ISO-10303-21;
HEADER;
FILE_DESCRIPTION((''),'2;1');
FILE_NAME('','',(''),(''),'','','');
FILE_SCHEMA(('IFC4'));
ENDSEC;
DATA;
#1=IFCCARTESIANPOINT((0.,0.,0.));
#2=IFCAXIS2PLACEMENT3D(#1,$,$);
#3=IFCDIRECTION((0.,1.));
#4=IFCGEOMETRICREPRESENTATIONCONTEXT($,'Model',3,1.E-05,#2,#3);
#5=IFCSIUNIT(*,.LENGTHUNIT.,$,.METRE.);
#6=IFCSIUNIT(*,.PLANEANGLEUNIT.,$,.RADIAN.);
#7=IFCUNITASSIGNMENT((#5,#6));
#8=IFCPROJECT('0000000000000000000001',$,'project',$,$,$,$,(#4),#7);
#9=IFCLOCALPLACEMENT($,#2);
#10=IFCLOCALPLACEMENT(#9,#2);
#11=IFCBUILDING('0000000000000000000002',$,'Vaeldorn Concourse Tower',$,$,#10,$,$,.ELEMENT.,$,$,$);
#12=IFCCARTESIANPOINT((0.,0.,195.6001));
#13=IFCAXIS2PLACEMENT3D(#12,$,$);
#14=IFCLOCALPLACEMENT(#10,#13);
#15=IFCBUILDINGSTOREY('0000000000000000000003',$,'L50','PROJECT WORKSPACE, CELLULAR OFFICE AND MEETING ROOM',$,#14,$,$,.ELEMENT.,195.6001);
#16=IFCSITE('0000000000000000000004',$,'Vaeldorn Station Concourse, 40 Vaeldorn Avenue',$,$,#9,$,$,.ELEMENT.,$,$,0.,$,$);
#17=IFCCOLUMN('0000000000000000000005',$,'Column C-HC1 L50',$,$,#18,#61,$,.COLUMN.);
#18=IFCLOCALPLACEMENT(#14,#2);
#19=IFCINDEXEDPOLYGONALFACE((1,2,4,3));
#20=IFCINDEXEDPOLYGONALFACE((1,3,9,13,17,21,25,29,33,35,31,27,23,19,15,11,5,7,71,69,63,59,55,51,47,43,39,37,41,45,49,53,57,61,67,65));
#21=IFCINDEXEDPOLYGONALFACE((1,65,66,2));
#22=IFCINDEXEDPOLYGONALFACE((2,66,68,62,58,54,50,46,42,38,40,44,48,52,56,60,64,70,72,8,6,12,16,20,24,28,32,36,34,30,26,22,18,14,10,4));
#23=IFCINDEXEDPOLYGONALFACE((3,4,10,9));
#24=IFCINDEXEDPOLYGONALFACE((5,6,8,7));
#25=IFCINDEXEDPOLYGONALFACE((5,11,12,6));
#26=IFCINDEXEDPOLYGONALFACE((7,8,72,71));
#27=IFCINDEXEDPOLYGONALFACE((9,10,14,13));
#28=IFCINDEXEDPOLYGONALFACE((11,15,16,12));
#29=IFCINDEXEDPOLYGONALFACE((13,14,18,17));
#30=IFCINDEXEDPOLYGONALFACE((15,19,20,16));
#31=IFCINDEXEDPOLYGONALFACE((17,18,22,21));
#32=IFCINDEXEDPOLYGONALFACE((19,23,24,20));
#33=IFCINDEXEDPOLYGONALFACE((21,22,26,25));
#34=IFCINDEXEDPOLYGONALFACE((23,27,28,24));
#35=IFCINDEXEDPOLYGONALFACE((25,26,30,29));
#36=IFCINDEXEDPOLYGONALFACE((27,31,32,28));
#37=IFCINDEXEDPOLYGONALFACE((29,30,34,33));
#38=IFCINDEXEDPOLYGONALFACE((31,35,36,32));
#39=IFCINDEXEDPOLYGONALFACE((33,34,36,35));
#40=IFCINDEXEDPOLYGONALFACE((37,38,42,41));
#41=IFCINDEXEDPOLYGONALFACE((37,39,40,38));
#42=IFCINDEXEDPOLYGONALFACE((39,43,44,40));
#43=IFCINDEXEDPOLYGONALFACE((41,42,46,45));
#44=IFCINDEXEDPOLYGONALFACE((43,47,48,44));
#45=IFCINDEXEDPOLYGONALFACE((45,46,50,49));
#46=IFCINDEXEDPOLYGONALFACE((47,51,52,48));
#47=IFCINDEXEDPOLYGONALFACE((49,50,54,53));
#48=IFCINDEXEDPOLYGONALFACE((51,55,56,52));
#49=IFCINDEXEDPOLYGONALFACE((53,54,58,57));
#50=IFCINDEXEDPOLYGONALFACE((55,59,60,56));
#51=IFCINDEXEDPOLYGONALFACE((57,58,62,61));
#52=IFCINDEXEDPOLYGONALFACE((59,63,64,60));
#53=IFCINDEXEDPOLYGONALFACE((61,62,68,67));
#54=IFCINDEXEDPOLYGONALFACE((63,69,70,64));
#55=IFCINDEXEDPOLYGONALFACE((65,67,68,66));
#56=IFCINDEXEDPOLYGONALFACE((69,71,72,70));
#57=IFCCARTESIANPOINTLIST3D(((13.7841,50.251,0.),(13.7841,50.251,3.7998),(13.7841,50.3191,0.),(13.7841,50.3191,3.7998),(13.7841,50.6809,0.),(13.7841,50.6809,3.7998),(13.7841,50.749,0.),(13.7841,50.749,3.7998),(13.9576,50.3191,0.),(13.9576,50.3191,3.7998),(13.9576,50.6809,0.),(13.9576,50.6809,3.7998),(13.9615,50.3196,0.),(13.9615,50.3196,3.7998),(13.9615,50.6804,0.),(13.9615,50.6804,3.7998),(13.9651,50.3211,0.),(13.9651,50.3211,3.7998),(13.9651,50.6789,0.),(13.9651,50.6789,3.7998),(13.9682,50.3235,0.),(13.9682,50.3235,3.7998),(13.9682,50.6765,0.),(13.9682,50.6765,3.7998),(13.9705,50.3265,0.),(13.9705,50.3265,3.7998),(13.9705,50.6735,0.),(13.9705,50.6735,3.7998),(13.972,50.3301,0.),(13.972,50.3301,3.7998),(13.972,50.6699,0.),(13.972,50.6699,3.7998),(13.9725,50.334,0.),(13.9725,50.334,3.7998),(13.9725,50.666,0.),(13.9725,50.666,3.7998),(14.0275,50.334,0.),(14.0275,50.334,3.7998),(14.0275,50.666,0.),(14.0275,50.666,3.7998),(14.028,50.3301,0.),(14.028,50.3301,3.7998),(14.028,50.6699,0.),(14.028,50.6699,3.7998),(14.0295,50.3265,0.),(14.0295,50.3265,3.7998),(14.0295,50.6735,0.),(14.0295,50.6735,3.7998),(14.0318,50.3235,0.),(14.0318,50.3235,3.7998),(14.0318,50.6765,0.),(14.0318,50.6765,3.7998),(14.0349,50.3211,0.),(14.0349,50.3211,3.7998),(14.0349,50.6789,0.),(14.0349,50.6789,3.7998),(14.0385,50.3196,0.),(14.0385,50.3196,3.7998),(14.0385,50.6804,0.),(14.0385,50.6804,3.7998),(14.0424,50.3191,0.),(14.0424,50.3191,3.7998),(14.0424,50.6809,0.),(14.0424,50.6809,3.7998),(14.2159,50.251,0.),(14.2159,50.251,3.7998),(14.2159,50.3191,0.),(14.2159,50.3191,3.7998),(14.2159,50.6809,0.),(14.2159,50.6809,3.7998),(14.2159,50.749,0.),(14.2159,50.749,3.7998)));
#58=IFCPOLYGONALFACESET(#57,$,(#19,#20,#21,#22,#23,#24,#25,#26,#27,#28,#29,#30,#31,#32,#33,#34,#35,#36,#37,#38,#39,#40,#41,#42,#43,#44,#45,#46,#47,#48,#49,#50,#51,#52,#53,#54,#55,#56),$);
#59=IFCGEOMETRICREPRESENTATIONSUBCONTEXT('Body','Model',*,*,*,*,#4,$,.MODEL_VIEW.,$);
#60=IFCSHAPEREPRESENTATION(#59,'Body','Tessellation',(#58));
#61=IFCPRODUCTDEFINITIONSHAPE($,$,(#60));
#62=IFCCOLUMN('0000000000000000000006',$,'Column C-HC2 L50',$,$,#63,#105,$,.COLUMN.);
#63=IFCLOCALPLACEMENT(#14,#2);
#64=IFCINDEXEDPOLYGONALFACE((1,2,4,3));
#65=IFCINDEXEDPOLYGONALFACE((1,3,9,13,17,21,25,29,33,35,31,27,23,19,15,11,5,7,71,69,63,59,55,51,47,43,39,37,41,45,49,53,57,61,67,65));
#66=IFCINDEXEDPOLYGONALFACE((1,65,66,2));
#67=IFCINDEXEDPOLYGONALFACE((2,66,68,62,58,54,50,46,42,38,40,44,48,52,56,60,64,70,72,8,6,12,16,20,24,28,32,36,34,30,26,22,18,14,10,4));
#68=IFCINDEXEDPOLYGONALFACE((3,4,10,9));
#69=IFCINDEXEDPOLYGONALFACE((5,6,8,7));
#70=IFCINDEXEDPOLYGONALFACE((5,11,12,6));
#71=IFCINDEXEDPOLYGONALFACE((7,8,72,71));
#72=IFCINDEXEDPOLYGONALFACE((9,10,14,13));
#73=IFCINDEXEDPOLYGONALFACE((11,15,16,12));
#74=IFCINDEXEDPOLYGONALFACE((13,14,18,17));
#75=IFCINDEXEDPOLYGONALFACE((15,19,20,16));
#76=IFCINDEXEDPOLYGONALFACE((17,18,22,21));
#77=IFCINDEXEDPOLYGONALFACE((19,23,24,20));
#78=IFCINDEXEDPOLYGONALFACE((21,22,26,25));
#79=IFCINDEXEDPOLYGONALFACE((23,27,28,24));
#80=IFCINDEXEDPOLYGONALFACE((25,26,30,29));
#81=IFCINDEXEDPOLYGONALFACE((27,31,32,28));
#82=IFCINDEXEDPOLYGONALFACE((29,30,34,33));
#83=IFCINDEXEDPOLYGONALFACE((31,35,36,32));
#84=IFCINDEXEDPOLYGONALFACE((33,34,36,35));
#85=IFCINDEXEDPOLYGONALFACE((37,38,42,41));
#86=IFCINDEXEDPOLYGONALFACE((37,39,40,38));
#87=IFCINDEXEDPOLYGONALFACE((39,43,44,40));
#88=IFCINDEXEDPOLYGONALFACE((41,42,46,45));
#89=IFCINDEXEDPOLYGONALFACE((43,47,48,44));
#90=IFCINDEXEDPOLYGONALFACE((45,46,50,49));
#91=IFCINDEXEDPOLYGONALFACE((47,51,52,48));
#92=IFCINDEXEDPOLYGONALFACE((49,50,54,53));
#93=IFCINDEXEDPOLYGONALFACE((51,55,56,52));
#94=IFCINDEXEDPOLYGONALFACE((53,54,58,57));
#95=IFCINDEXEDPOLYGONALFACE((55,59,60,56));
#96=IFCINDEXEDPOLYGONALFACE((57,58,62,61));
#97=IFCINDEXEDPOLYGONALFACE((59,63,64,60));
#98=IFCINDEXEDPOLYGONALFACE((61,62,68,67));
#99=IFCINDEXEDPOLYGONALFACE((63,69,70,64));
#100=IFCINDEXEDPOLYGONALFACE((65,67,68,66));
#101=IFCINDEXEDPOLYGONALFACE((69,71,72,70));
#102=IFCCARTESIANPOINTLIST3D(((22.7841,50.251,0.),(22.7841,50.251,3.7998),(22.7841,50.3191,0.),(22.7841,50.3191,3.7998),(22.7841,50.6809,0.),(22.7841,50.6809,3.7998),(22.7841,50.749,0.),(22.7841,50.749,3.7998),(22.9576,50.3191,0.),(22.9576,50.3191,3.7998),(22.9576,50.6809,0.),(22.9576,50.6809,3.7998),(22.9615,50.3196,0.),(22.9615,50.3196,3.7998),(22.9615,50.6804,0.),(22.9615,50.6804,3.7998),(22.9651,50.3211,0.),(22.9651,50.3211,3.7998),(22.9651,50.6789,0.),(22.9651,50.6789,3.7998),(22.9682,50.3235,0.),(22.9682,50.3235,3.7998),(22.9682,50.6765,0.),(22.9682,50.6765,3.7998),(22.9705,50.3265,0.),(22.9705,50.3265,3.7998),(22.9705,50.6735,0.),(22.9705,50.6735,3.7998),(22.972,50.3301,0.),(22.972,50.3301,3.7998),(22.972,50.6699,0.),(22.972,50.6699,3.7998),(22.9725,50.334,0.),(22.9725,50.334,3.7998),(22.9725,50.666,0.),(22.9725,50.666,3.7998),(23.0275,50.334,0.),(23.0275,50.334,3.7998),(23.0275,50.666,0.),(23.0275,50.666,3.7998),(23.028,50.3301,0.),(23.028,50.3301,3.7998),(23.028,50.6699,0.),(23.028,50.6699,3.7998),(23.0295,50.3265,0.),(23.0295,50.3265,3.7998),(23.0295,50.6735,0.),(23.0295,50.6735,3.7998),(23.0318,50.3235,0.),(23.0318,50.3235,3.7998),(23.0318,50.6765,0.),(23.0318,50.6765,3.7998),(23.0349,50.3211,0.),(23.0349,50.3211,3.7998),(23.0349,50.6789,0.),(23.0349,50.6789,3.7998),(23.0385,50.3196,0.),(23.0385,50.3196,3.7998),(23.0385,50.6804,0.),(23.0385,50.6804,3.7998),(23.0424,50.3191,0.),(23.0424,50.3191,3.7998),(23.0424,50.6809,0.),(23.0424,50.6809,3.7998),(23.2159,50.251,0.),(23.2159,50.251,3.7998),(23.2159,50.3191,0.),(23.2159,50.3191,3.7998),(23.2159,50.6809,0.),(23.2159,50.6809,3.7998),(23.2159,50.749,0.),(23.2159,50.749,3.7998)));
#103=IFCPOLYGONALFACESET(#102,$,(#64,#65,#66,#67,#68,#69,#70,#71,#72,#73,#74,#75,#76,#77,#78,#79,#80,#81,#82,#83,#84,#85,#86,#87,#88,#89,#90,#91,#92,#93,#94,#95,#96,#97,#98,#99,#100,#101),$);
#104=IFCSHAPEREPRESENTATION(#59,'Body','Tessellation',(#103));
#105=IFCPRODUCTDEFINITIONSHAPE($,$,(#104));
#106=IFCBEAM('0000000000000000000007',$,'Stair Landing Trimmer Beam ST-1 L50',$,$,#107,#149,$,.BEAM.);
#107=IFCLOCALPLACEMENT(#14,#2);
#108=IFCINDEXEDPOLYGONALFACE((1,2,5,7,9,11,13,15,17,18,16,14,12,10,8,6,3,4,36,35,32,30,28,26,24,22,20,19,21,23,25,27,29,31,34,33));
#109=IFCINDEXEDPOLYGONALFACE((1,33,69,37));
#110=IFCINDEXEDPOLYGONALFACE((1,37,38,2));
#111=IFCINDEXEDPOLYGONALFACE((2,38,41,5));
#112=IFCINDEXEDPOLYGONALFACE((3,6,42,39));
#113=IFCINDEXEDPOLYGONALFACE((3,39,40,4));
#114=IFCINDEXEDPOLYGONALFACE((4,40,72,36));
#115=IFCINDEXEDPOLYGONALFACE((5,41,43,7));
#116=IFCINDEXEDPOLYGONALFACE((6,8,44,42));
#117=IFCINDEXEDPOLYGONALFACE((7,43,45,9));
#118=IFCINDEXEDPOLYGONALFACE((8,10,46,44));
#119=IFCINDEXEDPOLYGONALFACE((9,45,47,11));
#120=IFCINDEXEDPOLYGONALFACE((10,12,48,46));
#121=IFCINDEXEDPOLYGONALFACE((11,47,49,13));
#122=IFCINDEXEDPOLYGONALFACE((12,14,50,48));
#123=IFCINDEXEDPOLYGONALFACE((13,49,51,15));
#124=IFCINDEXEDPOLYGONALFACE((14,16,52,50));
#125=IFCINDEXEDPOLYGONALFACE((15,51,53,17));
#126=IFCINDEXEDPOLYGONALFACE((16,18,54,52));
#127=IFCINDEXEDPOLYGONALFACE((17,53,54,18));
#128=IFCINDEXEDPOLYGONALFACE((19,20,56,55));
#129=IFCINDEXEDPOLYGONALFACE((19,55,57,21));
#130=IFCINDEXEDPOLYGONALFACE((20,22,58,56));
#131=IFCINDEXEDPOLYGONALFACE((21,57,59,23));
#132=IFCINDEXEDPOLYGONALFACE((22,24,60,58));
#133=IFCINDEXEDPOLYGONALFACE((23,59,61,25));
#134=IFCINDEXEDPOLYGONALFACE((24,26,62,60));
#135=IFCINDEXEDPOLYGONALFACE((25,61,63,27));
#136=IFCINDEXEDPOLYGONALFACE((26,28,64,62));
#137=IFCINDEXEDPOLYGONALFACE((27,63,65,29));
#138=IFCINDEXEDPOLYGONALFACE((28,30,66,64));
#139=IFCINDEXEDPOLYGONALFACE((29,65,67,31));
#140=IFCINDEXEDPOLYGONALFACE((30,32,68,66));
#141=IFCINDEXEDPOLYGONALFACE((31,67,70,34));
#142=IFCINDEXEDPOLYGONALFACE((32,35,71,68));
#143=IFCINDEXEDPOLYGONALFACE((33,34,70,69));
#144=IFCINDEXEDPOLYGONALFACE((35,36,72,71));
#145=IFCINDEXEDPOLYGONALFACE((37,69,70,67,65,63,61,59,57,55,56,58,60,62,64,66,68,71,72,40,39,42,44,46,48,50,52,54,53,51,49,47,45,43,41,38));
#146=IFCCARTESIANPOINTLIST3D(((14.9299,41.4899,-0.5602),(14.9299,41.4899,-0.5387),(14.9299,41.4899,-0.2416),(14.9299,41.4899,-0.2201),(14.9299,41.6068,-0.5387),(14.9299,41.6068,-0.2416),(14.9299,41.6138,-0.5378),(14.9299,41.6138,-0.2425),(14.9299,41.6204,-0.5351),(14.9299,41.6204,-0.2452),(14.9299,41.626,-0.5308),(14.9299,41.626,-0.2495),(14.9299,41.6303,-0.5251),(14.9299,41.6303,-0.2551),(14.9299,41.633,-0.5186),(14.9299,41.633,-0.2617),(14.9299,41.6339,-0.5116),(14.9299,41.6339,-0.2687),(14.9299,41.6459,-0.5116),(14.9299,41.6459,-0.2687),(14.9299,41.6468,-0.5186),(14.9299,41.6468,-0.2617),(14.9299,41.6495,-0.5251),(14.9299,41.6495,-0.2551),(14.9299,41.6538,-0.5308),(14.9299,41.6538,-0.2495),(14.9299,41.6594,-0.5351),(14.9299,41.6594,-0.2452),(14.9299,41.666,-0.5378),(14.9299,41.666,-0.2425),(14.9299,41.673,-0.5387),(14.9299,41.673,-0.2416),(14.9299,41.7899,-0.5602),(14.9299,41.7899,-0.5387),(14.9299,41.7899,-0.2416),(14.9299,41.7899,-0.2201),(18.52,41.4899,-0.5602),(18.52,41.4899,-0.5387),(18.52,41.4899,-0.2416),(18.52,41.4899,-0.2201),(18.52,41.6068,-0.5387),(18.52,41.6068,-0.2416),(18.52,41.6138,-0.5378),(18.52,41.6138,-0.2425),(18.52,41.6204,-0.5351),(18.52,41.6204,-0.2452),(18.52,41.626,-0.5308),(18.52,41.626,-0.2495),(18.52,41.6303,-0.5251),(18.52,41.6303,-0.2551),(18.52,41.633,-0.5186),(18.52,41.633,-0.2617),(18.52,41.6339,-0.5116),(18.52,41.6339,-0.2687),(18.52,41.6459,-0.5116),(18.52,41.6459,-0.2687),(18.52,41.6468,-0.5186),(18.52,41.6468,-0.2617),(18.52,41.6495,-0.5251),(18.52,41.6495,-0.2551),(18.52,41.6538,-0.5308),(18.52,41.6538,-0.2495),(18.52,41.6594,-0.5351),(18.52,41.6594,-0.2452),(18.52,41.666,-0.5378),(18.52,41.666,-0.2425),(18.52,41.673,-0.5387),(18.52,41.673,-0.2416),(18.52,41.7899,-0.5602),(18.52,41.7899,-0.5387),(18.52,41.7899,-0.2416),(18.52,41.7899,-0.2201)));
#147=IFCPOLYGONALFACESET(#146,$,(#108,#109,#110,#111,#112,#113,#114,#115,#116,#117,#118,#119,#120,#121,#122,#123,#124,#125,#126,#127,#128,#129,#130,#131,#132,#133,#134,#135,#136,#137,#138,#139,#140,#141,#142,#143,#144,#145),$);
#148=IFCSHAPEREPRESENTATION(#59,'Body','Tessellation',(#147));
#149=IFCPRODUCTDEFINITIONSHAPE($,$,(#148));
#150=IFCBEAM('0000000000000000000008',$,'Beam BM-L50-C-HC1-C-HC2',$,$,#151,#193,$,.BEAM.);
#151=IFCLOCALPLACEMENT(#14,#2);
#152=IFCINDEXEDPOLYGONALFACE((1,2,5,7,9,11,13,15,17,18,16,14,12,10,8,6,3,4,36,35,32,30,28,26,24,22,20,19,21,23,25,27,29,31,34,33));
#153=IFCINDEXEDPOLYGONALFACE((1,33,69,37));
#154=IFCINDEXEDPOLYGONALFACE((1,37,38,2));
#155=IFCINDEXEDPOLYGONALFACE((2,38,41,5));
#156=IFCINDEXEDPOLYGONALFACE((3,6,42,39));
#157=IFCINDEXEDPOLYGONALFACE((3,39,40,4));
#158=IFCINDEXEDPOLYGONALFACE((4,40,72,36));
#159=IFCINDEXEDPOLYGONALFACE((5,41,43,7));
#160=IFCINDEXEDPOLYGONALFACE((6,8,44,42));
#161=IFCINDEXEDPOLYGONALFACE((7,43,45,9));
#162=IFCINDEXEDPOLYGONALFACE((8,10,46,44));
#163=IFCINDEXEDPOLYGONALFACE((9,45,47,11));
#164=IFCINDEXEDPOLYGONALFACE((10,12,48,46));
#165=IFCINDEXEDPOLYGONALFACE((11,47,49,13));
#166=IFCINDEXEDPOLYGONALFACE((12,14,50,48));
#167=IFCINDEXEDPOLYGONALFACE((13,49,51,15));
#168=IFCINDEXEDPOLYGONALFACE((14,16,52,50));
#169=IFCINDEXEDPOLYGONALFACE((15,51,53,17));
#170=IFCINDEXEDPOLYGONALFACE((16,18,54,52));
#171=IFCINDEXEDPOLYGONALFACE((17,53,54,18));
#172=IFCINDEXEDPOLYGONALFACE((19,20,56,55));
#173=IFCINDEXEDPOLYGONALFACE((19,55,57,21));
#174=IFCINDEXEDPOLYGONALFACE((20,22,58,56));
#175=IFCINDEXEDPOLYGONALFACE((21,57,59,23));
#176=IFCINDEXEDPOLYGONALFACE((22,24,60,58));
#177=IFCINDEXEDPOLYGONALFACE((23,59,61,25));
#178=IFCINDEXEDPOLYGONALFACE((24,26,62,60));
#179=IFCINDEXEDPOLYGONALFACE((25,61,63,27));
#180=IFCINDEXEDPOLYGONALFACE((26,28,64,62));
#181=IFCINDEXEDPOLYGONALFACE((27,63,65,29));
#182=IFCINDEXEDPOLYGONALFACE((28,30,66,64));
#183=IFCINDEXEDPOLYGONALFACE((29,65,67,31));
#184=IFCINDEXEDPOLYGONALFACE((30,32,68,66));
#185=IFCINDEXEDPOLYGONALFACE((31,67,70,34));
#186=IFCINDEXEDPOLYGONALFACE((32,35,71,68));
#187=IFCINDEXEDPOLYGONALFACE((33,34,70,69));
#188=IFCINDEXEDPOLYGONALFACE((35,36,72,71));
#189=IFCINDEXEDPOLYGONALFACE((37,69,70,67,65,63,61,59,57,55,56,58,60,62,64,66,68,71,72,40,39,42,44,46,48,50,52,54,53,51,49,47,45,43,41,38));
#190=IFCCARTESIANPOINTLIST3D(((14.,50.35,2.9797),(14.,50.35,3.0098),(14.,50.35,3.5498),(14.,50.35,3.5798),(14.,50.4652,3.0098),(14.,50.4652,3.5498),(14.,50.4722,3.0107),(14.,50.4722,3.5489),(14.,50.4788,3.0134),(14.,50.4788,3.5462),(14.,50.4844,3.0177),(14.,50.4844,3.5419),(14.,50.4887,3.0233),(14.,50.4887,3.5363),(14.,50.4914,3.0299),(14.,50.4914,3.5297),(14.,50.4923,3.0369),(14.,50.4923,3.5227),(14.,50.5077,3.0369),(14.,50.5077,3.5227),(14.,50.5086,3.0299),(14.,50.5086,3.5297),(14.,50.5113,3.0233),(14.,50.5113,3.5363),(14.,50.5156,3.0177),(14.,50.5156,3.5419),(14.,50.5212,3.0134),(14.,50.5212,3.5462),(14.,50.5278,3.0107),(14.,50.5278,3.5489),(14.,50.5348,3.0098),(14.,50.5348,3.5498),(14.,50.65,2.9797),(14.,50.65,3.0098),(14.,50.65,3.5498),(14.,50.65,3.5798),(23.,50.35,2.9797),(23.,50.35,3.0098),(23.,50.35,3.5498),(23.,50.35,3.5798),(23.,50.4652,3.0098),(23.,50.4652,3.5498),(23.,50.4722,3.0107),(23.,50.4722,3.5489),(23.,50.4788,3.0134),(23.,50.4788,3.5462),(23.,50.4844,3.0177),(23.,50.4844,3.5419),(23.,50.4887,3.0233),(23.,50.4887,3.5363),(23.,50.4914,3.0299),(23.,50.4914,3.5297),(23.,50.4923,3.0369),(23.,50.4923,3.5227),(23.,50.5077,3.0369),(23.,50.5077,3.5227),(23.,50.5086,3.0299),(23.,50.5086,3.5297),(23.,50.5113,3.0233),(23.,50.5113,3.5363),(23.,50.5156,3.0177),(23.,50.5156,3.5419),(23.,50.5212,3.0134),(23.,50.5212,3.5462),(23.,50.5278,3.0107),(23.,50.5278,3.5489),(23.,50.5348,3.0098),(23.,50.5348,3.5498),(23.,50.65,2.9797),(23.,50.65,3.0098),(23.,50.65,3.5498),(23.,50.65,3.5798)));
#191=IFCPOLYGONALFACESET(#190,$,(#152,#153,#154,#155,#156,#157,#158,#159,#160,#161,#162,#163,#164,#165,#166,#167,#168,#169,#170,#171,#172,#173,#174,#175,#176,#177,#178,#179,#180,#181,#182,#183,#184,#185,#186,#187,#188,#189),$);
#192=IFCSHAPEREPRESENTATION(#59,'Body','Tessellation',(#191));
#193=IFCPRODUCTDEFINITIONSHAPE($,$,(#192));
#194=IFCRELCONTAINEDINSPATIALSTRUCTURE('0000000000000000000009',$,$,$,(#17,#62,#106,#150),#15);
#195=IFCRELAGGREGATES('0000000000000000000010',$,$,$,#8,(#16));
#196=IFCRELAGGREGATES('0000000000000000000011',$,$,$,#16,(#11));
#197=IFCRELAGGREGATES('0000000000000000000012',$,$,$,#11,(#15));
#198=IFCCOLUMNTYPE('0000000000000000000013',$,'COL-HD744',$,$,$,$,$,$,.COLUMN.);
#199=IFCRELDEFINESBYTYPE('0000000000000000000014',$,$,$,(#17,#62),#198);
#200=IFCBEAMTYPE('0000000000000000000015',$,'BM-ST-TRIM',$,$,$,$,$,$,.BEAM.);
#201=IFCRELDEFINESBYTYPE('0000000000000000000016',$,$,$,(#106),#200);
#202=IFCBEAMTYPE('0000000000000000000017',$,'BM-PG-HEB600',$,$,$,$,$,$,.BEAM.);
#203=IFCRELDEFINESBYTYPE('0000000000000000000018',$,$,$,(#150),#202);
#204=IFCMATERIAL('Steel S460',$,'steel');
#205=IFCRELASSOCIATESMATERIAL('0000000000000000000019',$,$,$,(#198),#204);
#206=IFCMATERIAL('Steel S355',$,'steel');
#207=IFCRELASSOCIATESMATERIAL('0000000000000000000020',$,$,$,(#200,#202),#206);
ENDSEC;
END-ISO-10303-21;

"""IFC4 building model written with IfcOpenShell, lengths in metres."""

from ifc_helpers import new_model, si_unit, direction, frame, origin, origin_2d, place, context, subcontext, project, spatial, i_section, extrude, source, transform, mapped, material, material_profile, profile_set, type_object, element, save


model = new_model("IFC4")

# Units and contexts
model_context = context("Model", 3, precision=1e-05, world=origin(), true_north=direction((0.0, 1.0)))
body_context = subcontext(model_context, "Body", "Model", "MODEL_VIEW")
ifc_project = project(units=[si_unit("LENGTHUNIT", "METRE"), si_unit("PLANEANGLEUNIT", "RADIAN")], contexts=[model_context])

# Site, building, storey
site_placement = place(None, origin())
site = spatial("IfcSite", under=ifc_project, at=site_placement, Name="Vaeldorn Station Concourse, 40 Vaeldorn Avenue", CompositionType="ELEMENT", RefElevation=0.0)
building_placement = place(site_placement, origin())
building = spatial("IfcBuilding", under=site, at=building_placement, Name="Vaeldorn Concourse Tower", CompositionType="ELEMENT")
storey_placement = place(building_placement, frame((0.0, 0.0, 195.6001)))
storey = spatial("IfcBuildingStorey", under=building, at=storey_placement, Name="L50", Description="PROJECT WORKSPACE, CELLULAR OFFICE AND MEETING ROOM", CompositionType="ELEMENT", Elevation=195.6001)

# Columns
ifc_material_1 = material(Name="Steel S460", Category="steel")
ifc_material_profile_1 = material_profile(ifc_material_1, i_section(OverallWidth=0.4319, OverallDepth=0.498, WebThickness=0.0549, FlangeThickness=0.0681, FilletRadius=0.0149, at=origin_2d()), Name="HD 400x744")
ifc_profile_set_1 = profile_set([ifc_material_profile_1], Name="Steel S460")
column_type = type_object("IfcColumnType", Name="COL-HD744", PredefinedType="COLUMN", material=ifc_profile_set_1)
shared_shape_1 = source(origin(), body_context, "Body", "SweptSolid", [
    extrude(i_section(OverallWidth=0.4319, OverallDepth=0.498, WebThickness=0.0549, FlangeThickness=0.0681, FilletRadius=0.0149, at=origin_2d()), origin(), (0.0, 0.0, 1.0), 3.7998),
])
for number, where, z_axis, x_axis, name in (
    (1, (14.0, 50.5, 0.0), (0.0, 0.0, 1.0), (1.0, 0.0, 0.0), "Column C-HC1 L50"),
    (2, (23.0, 50.5, 0.0), (0.0, 0.0, 1.0), (1.0, 0.0, 0.0), "Column C-HC2 L50"),
):
    element("IfcColumn", number, at=place(storey_placement, frame(where, z_axis=z_axis, x_axis=x_axis)), inside=storey, type_object=column_type, Name=name, PredefinedType="COLUMN", context=body_context, shape_type="MappedRepresentation", body=[
        mapped(shared_shape_1, transform((0.0, 0.0, 0.0), scale=1.0)),
    ])

# Beams
ifc_material_2 = material(Name="Steel S355", Category="steel")
ifc_material_profile_2 = material_profile(ifc_material_2, i_section(OverallWidth=0.3, OverallDepth=0.3401, WebThickness=0.012, FlangeThickness=0.0215, FilletRadius=0.0271, at=origin_2d()), Name="HEB 340")
ifc_profile_set_2 = profile_set([ifc_material_profile_2], Name="Steel S355")
beam_type_1 = type_object("IfcBeamType", Name="BM-ST-TRIM", PredefinedType="BEAM", material=ifc_profile_set_2)
shared_shape_2 = source(origin(), body_context, "Body", "SweptSolid", [
    extrude(i_section(OverallWidth=0.3, OverallDepth=0.3401, WebThickness=0.012, FlangeThickness=0.0215, FilletRadius=0.0271, at=origin_2d()), origin(), (0.0, 0.0, 1.0), 3.5901),
])
beam_1_placement = place(storey_placement, frame((14.9299, 41.6399, -0.3901), z_axis=(1.0, 0.0, 0.0), x_axis=(0.0, 1.0, 0.0)))
element("IfcBeam", 3, at=beam_1_placement, inside=storey, type_object=beam_type_1, Name="Stair Landing Trimmer Beam ST-1 L50", PredefinedType="BEAM", context=body_context, shape_type="MappedRepresentation", body=[
    mapped(shared_shape_2, transform((0.0, 0.0, 0.0), scale=1.0)),
])
ifc_material_profile_3 = material_profile(ifc_material_2, i_section(OverallWidth=0.3, OverallDepth=0.6001, WebThickness=0.0154, FlangeThickness=0.03, FilletRadius=0.0271, at=origin_2d()), Name="HEB 600")
ifc_profile_set_3 = profile_set([ifc_material_profile_3], Name="Steel S355")
beam_type_2 = type_object("IfcBeamType", Name="BM-PG-HEB600", PredefinedType="BEAM", material=ifc_profile_set_3)
shared_shape_3 = source(origin(), body_context, "Body", "SweptSolid", [
    extrude(i_section(OverallWidth=0.3, OverallDepth=0.6001, WebThickness=0.0154, FlangeThickness=0.03, FilletRadius=0.0271, at=origin_2d()), origin(), (0.0, 0.0, 1.0), 9.0),
])
beam_2_placement = place(storey_placement, frame((14.0, 50.5, 3.2798), z_axis=(1.0, 0.0, 0.0), x_axis=(0.0, 1.0, 0.0)))
element("IfcBeam", 4, at=beam_2_placement, inside=storey, type_object=beam_type_2, Name="Beam BM-L50-C-HC1-C-HC2", PredefinedType="BEAM", context=body_context, shape_type="MappedRepresentation", body=[
    mapped(shared_shape_3, transform((0.0, 0.0, 0.0), scale=1.0)),
])

save(model, "model.ifc")
